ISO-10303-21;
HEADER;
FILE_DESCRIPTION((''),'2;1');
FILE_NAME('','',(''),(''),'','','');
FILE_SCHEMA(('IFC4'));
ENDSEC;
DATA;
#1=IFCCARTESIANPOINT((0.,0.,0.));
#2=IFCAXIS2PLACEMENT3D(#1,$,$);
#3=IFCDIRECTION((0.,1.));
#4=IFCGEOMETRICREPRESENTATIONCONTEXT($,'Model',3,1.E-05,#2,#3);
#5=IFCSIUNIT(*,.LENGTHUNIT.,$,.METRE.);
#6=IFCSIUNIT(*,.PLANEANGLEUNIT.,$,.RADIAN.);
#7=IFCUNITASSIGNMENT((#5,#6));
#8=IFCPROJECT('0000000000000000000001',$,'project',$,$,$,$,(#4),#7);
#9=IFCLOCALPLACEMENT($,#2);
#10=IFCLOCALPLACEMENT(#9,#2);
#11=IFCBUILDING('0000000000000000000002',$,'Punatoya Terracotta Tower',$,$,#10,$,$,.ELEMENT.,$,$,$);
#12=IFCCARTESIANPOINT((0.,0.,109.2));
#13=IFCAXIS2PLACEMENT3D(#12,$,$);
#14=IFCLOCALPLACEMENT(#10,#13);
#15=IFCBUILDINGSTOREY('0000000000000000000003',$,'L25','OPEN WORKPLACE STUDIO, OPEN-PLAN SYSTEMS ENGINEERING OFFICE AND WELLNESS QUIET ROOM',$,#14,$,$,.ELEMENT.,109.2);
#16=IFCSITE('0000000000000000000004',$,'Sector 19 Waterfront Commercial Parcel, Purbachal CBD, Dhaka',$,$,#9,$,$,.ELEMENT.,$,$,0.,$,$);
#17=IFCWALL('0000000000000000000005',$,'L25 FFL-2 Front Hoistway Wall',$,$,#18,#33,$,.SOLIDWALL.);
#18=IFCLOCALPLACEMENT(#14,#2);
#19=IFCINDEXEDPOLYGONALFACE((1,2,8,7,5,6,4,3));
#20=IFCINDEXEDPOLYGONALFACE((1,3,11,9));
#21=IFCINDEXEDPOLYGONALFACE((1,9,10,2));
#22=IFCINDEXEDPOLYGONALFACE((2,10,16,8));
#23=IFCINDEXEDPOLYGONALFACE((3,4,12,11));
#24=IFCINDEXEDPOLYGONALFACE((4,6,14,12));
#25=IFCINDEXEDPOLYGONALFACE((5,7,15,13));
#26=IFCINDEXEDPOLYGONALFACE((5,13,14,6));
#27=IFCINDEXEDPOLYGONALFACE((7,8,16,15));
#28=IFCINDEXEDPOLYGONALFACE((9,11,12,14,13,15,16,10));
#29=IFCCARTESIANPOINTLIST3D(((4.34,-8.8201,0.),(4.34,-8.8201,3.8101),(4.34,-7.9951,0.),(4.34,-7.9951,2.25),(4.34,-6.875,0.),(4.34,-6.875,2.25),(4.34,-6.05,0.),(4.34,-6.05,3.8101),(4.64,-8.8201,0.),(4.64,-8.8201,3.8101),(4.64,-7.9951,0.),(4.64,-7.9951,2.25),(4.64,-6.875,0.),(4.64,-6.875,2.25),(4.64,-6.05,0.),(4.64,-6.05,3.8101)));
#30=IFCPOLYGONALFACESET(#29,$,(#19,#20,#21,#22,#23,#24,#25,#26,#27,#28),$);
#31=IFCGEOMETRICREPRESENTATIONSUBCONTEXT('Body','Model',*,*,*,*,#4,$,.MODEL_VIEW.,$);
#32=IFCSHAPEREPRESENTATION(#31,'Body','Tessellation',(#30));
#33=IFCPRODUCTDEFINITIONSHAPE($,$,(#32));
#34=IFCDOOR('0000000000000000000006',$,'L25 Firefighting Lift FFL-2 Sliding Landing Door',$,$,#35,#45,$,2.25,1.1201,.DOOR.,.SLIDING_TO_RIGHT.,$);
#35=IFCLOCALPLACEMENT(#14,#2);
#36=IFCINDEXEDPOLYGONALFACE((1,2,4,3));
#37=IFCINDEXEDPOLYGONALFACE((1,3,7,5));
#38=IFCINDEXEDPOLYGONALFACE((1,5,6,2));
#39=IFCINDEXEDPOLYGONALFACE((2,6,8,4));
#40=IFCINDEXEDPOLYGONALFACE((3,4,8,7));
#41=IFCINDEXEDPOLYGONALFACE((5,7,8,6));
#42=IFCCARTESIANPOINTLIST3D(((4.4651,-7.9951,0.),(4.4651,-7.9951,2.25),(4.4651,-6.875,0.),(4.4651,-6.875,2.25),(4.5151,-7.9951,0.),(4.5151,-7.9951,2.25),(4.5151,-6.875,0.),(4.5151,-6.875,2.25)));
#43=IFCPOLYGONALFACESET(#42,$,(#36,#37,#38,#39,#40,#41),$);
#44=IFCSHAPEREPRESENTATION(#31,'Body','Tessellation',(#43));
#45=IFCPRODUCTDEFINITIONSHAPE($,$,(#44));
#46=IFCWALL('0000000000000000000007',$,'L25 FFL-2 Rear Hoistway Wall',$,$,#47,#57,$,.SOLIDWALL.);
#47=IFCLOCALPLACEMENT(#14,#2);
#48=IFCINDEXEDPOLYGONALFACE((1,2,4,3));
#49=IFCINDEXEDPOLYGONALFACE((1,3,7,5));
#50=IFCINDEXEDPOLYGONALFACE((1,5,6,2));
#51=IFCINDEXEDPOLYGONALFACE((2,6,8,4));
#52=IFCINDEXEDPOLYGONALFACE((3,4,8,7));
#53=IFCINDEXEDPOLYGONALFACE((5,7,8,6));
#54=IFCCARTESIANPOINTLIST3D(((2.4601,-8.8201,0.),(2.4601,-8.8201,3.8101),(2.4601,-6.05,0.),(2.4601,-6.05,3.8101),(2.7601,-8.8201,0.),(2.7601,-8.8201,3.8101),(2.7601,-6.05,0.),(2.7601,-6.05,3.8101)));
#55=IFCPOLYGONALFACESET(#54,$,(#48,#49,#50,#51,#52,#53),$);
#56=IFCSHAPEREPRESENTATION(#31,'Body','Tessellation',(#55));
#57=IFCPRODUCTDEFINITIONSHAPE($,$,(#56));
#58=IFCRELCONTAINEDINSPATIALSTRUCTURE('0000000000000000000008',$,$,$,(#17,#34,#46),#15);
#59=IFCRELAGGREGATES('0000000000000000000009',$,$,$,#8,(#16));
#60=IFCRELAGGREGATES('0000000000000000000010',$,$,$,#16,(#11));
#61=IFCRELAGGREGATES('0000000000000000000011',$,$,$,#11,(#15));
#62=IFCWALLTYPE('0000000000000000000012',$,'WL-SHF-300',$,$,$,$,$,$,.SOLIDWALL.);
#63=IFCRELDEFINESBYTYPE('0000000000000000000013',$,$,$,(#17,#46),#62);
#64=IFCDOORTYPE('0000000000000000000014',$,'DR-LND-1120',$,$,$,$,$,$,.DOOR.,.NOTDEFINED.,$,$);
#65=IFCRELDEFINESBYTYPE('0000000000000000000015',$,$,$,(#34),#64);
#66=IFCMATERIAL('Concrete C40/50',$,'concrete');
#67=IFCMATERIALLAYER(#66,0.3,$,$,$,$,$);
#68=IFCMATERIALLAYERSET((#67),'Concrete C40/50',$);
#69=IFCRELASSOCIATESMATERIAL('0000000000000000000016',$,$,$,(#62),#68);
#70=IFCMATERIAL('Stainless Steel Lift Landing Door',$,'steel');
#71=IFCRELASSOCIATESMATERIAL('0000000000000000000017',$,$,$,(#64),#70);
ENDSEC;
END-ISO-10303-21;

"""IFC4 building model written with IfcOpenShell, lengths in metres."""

from ifc_helpers import new_model, si_unit, direction, frame, frame_2d, origin, place, context, subcontext, project, spatial, rectangle, extrude, material, layer, layer_set, type_object, element, fill, save


model = new_model("IFC4")

# Units and contexts
model_context = context("Model", 3, precision=1e-05, world=origin(), true_north=direction((0.0, 1.0)))
body_context = subcontext(model_context, "Body", "Model", "MODEL_VIEW")
ifc_project = project(units=[si_unit("LENGTHUNIT", "METRE"), si_unit("PLANEANGLEUNIT", "RADIAN")], contexts=[model_context])

# Site, building, storey
site_placement = place(None, origin())
site = spatial("IfcSite", under=ifc_project, at=site_placement, Name="Sector 19 Waterfront Commercial Parcel, Purbachal CBD, Dhaka", CompositionType="ELEMENT", RefElevation=0.0)
building_placement = place(site_placement, origin())
building = spatial("IfcBuilding", under=site, at=building_placement, Name="Punatoya Terracotta Tower", CompositionType="ELEMENT")
storey_placement = place(building_placement, frame((0.0, 0.0, 109.2)))
storey = spatial("IfcBuildingStorey", under=building, at=storey_placement, Name="L25", Description="OPEN WORKPLACE STUDIO, OPEN-PLAN SYSTEMS ENGINEERING OFFICE AND WELLNESS QUIET ROOM", CompositionType="ELEMENT", Elevation=109.2)

# Wall, opening, door
ifc_material_1 = material(Name="Concrete C40/50", Category="concrete")
ifc_layer_1 = layer(ifc_material_1, 0.3)
ifc_layer_set_1 = layer_set([ifc_layer_1], Name="Concrete C40/50")
wall_type_1 = type_object("IfcWallType", Name="WL-SHF-300", PredefinedType="SOLIDWALL", material=ifc_layer_set_1)
wall_1_placement = place(storey_placement, frame((4.49, -8.8201, 0.0), z_axis=(0.0, 0.0, 1.0), x_axis=(0.0, 1.0, 0.0)))
wall_1 = element("IfcWall", 1, at=wall_1_placement, inside=storey, type_object=wall_type_1, Name="L25 FFL-2 Front Hoistway Wall", PredefinedType="SOLIDWALL", context=body_context, shape_type="SweptSolid", body=[
    extrude(rectangle(XDim=2.77, YDim=0.3, at=frame_2d((1.385, 0.0))), origin(), (0.0, 0.0, 1.0), 3.8101),
])
opening_1_placement = place(wall_1_placement, frame((0.825, 0.0, 0.0)))
opening_1 = element("IfcOpeningElement", 2, at=opening_1_placement, cuts=wall_1, PredefinedType="OPENING", context=body_context, shape_type="SweptSolid", body=[
    extrude(rectangle(XDim=1.1201, YDim=2.25, at=frame_2d((0.5601, 1.125))), frame((0.0, 0.1599, 0.0), z_axis=(0.0, -1.0, 0.0), x_axis=(1.0, 0.0, 0.0)), (0.0, 0.0, 1.0), 0.3201),
])
ifc_material_2 = material(Name="Stainless Steel Lift Landing Door", Category="steel")
door_type_1 = type_object("IfcDoorType", Name="DR-LND-1120", OperationType="NOTDEFINED", PredefinedType="DOOR", material=ifc_material_2)
door_1_placement = place(opening_1_placement, origin())
door_1 = element("IfcDoor", 3, at=door_1_placement, inside=storey, type_object=door_type_1, Name="L25 Firefighting Lift FFL-2 Sliding Landing Door", OperationType="SLIDING_TO_RIGHT", OverallHeight=2.25, OverallWidth=1.1201, PredefinedType="DOOR", context=body_context, shape_type="SweptSolid", body=[
    extrude(rectangle(XDim=1.1201, YDim=2.25, at=frame_2d((0.5601, 1.125))), frame((0.0, 0.0249, 0.0), z_axis=(0.0, -1.0, 0.0), x_axis=(1.0, 0.0, 0.0)), (0.0, 0.0, 1.0), 0.05),
])
fill(opening_1, door_1)

# Wall
wall_2_placement = place(storey_placement, frame((2.6101, -8.8201, 0.0), z_axis=(0.0, 0.0, 1.0), x_axis=(0.0, 1.0, 0.0)))
element("IfcWall", 4, at=wall_2_placement, inside=storey, type_object=wall_type_1, Name="L25 FFL-2 Rear Hoistway Wall", PredefinedType="SOLIDWALL", context=body_context, shape_type="SweptSolid", body=[
    extrude(rectangle(XDim=2.77, YDim=0.3, at=frame_2d((1.385, 0.0))), origin(), (0.0, 0.0, 1.0), 3.8101),
])

save(model, "model.ifc")
